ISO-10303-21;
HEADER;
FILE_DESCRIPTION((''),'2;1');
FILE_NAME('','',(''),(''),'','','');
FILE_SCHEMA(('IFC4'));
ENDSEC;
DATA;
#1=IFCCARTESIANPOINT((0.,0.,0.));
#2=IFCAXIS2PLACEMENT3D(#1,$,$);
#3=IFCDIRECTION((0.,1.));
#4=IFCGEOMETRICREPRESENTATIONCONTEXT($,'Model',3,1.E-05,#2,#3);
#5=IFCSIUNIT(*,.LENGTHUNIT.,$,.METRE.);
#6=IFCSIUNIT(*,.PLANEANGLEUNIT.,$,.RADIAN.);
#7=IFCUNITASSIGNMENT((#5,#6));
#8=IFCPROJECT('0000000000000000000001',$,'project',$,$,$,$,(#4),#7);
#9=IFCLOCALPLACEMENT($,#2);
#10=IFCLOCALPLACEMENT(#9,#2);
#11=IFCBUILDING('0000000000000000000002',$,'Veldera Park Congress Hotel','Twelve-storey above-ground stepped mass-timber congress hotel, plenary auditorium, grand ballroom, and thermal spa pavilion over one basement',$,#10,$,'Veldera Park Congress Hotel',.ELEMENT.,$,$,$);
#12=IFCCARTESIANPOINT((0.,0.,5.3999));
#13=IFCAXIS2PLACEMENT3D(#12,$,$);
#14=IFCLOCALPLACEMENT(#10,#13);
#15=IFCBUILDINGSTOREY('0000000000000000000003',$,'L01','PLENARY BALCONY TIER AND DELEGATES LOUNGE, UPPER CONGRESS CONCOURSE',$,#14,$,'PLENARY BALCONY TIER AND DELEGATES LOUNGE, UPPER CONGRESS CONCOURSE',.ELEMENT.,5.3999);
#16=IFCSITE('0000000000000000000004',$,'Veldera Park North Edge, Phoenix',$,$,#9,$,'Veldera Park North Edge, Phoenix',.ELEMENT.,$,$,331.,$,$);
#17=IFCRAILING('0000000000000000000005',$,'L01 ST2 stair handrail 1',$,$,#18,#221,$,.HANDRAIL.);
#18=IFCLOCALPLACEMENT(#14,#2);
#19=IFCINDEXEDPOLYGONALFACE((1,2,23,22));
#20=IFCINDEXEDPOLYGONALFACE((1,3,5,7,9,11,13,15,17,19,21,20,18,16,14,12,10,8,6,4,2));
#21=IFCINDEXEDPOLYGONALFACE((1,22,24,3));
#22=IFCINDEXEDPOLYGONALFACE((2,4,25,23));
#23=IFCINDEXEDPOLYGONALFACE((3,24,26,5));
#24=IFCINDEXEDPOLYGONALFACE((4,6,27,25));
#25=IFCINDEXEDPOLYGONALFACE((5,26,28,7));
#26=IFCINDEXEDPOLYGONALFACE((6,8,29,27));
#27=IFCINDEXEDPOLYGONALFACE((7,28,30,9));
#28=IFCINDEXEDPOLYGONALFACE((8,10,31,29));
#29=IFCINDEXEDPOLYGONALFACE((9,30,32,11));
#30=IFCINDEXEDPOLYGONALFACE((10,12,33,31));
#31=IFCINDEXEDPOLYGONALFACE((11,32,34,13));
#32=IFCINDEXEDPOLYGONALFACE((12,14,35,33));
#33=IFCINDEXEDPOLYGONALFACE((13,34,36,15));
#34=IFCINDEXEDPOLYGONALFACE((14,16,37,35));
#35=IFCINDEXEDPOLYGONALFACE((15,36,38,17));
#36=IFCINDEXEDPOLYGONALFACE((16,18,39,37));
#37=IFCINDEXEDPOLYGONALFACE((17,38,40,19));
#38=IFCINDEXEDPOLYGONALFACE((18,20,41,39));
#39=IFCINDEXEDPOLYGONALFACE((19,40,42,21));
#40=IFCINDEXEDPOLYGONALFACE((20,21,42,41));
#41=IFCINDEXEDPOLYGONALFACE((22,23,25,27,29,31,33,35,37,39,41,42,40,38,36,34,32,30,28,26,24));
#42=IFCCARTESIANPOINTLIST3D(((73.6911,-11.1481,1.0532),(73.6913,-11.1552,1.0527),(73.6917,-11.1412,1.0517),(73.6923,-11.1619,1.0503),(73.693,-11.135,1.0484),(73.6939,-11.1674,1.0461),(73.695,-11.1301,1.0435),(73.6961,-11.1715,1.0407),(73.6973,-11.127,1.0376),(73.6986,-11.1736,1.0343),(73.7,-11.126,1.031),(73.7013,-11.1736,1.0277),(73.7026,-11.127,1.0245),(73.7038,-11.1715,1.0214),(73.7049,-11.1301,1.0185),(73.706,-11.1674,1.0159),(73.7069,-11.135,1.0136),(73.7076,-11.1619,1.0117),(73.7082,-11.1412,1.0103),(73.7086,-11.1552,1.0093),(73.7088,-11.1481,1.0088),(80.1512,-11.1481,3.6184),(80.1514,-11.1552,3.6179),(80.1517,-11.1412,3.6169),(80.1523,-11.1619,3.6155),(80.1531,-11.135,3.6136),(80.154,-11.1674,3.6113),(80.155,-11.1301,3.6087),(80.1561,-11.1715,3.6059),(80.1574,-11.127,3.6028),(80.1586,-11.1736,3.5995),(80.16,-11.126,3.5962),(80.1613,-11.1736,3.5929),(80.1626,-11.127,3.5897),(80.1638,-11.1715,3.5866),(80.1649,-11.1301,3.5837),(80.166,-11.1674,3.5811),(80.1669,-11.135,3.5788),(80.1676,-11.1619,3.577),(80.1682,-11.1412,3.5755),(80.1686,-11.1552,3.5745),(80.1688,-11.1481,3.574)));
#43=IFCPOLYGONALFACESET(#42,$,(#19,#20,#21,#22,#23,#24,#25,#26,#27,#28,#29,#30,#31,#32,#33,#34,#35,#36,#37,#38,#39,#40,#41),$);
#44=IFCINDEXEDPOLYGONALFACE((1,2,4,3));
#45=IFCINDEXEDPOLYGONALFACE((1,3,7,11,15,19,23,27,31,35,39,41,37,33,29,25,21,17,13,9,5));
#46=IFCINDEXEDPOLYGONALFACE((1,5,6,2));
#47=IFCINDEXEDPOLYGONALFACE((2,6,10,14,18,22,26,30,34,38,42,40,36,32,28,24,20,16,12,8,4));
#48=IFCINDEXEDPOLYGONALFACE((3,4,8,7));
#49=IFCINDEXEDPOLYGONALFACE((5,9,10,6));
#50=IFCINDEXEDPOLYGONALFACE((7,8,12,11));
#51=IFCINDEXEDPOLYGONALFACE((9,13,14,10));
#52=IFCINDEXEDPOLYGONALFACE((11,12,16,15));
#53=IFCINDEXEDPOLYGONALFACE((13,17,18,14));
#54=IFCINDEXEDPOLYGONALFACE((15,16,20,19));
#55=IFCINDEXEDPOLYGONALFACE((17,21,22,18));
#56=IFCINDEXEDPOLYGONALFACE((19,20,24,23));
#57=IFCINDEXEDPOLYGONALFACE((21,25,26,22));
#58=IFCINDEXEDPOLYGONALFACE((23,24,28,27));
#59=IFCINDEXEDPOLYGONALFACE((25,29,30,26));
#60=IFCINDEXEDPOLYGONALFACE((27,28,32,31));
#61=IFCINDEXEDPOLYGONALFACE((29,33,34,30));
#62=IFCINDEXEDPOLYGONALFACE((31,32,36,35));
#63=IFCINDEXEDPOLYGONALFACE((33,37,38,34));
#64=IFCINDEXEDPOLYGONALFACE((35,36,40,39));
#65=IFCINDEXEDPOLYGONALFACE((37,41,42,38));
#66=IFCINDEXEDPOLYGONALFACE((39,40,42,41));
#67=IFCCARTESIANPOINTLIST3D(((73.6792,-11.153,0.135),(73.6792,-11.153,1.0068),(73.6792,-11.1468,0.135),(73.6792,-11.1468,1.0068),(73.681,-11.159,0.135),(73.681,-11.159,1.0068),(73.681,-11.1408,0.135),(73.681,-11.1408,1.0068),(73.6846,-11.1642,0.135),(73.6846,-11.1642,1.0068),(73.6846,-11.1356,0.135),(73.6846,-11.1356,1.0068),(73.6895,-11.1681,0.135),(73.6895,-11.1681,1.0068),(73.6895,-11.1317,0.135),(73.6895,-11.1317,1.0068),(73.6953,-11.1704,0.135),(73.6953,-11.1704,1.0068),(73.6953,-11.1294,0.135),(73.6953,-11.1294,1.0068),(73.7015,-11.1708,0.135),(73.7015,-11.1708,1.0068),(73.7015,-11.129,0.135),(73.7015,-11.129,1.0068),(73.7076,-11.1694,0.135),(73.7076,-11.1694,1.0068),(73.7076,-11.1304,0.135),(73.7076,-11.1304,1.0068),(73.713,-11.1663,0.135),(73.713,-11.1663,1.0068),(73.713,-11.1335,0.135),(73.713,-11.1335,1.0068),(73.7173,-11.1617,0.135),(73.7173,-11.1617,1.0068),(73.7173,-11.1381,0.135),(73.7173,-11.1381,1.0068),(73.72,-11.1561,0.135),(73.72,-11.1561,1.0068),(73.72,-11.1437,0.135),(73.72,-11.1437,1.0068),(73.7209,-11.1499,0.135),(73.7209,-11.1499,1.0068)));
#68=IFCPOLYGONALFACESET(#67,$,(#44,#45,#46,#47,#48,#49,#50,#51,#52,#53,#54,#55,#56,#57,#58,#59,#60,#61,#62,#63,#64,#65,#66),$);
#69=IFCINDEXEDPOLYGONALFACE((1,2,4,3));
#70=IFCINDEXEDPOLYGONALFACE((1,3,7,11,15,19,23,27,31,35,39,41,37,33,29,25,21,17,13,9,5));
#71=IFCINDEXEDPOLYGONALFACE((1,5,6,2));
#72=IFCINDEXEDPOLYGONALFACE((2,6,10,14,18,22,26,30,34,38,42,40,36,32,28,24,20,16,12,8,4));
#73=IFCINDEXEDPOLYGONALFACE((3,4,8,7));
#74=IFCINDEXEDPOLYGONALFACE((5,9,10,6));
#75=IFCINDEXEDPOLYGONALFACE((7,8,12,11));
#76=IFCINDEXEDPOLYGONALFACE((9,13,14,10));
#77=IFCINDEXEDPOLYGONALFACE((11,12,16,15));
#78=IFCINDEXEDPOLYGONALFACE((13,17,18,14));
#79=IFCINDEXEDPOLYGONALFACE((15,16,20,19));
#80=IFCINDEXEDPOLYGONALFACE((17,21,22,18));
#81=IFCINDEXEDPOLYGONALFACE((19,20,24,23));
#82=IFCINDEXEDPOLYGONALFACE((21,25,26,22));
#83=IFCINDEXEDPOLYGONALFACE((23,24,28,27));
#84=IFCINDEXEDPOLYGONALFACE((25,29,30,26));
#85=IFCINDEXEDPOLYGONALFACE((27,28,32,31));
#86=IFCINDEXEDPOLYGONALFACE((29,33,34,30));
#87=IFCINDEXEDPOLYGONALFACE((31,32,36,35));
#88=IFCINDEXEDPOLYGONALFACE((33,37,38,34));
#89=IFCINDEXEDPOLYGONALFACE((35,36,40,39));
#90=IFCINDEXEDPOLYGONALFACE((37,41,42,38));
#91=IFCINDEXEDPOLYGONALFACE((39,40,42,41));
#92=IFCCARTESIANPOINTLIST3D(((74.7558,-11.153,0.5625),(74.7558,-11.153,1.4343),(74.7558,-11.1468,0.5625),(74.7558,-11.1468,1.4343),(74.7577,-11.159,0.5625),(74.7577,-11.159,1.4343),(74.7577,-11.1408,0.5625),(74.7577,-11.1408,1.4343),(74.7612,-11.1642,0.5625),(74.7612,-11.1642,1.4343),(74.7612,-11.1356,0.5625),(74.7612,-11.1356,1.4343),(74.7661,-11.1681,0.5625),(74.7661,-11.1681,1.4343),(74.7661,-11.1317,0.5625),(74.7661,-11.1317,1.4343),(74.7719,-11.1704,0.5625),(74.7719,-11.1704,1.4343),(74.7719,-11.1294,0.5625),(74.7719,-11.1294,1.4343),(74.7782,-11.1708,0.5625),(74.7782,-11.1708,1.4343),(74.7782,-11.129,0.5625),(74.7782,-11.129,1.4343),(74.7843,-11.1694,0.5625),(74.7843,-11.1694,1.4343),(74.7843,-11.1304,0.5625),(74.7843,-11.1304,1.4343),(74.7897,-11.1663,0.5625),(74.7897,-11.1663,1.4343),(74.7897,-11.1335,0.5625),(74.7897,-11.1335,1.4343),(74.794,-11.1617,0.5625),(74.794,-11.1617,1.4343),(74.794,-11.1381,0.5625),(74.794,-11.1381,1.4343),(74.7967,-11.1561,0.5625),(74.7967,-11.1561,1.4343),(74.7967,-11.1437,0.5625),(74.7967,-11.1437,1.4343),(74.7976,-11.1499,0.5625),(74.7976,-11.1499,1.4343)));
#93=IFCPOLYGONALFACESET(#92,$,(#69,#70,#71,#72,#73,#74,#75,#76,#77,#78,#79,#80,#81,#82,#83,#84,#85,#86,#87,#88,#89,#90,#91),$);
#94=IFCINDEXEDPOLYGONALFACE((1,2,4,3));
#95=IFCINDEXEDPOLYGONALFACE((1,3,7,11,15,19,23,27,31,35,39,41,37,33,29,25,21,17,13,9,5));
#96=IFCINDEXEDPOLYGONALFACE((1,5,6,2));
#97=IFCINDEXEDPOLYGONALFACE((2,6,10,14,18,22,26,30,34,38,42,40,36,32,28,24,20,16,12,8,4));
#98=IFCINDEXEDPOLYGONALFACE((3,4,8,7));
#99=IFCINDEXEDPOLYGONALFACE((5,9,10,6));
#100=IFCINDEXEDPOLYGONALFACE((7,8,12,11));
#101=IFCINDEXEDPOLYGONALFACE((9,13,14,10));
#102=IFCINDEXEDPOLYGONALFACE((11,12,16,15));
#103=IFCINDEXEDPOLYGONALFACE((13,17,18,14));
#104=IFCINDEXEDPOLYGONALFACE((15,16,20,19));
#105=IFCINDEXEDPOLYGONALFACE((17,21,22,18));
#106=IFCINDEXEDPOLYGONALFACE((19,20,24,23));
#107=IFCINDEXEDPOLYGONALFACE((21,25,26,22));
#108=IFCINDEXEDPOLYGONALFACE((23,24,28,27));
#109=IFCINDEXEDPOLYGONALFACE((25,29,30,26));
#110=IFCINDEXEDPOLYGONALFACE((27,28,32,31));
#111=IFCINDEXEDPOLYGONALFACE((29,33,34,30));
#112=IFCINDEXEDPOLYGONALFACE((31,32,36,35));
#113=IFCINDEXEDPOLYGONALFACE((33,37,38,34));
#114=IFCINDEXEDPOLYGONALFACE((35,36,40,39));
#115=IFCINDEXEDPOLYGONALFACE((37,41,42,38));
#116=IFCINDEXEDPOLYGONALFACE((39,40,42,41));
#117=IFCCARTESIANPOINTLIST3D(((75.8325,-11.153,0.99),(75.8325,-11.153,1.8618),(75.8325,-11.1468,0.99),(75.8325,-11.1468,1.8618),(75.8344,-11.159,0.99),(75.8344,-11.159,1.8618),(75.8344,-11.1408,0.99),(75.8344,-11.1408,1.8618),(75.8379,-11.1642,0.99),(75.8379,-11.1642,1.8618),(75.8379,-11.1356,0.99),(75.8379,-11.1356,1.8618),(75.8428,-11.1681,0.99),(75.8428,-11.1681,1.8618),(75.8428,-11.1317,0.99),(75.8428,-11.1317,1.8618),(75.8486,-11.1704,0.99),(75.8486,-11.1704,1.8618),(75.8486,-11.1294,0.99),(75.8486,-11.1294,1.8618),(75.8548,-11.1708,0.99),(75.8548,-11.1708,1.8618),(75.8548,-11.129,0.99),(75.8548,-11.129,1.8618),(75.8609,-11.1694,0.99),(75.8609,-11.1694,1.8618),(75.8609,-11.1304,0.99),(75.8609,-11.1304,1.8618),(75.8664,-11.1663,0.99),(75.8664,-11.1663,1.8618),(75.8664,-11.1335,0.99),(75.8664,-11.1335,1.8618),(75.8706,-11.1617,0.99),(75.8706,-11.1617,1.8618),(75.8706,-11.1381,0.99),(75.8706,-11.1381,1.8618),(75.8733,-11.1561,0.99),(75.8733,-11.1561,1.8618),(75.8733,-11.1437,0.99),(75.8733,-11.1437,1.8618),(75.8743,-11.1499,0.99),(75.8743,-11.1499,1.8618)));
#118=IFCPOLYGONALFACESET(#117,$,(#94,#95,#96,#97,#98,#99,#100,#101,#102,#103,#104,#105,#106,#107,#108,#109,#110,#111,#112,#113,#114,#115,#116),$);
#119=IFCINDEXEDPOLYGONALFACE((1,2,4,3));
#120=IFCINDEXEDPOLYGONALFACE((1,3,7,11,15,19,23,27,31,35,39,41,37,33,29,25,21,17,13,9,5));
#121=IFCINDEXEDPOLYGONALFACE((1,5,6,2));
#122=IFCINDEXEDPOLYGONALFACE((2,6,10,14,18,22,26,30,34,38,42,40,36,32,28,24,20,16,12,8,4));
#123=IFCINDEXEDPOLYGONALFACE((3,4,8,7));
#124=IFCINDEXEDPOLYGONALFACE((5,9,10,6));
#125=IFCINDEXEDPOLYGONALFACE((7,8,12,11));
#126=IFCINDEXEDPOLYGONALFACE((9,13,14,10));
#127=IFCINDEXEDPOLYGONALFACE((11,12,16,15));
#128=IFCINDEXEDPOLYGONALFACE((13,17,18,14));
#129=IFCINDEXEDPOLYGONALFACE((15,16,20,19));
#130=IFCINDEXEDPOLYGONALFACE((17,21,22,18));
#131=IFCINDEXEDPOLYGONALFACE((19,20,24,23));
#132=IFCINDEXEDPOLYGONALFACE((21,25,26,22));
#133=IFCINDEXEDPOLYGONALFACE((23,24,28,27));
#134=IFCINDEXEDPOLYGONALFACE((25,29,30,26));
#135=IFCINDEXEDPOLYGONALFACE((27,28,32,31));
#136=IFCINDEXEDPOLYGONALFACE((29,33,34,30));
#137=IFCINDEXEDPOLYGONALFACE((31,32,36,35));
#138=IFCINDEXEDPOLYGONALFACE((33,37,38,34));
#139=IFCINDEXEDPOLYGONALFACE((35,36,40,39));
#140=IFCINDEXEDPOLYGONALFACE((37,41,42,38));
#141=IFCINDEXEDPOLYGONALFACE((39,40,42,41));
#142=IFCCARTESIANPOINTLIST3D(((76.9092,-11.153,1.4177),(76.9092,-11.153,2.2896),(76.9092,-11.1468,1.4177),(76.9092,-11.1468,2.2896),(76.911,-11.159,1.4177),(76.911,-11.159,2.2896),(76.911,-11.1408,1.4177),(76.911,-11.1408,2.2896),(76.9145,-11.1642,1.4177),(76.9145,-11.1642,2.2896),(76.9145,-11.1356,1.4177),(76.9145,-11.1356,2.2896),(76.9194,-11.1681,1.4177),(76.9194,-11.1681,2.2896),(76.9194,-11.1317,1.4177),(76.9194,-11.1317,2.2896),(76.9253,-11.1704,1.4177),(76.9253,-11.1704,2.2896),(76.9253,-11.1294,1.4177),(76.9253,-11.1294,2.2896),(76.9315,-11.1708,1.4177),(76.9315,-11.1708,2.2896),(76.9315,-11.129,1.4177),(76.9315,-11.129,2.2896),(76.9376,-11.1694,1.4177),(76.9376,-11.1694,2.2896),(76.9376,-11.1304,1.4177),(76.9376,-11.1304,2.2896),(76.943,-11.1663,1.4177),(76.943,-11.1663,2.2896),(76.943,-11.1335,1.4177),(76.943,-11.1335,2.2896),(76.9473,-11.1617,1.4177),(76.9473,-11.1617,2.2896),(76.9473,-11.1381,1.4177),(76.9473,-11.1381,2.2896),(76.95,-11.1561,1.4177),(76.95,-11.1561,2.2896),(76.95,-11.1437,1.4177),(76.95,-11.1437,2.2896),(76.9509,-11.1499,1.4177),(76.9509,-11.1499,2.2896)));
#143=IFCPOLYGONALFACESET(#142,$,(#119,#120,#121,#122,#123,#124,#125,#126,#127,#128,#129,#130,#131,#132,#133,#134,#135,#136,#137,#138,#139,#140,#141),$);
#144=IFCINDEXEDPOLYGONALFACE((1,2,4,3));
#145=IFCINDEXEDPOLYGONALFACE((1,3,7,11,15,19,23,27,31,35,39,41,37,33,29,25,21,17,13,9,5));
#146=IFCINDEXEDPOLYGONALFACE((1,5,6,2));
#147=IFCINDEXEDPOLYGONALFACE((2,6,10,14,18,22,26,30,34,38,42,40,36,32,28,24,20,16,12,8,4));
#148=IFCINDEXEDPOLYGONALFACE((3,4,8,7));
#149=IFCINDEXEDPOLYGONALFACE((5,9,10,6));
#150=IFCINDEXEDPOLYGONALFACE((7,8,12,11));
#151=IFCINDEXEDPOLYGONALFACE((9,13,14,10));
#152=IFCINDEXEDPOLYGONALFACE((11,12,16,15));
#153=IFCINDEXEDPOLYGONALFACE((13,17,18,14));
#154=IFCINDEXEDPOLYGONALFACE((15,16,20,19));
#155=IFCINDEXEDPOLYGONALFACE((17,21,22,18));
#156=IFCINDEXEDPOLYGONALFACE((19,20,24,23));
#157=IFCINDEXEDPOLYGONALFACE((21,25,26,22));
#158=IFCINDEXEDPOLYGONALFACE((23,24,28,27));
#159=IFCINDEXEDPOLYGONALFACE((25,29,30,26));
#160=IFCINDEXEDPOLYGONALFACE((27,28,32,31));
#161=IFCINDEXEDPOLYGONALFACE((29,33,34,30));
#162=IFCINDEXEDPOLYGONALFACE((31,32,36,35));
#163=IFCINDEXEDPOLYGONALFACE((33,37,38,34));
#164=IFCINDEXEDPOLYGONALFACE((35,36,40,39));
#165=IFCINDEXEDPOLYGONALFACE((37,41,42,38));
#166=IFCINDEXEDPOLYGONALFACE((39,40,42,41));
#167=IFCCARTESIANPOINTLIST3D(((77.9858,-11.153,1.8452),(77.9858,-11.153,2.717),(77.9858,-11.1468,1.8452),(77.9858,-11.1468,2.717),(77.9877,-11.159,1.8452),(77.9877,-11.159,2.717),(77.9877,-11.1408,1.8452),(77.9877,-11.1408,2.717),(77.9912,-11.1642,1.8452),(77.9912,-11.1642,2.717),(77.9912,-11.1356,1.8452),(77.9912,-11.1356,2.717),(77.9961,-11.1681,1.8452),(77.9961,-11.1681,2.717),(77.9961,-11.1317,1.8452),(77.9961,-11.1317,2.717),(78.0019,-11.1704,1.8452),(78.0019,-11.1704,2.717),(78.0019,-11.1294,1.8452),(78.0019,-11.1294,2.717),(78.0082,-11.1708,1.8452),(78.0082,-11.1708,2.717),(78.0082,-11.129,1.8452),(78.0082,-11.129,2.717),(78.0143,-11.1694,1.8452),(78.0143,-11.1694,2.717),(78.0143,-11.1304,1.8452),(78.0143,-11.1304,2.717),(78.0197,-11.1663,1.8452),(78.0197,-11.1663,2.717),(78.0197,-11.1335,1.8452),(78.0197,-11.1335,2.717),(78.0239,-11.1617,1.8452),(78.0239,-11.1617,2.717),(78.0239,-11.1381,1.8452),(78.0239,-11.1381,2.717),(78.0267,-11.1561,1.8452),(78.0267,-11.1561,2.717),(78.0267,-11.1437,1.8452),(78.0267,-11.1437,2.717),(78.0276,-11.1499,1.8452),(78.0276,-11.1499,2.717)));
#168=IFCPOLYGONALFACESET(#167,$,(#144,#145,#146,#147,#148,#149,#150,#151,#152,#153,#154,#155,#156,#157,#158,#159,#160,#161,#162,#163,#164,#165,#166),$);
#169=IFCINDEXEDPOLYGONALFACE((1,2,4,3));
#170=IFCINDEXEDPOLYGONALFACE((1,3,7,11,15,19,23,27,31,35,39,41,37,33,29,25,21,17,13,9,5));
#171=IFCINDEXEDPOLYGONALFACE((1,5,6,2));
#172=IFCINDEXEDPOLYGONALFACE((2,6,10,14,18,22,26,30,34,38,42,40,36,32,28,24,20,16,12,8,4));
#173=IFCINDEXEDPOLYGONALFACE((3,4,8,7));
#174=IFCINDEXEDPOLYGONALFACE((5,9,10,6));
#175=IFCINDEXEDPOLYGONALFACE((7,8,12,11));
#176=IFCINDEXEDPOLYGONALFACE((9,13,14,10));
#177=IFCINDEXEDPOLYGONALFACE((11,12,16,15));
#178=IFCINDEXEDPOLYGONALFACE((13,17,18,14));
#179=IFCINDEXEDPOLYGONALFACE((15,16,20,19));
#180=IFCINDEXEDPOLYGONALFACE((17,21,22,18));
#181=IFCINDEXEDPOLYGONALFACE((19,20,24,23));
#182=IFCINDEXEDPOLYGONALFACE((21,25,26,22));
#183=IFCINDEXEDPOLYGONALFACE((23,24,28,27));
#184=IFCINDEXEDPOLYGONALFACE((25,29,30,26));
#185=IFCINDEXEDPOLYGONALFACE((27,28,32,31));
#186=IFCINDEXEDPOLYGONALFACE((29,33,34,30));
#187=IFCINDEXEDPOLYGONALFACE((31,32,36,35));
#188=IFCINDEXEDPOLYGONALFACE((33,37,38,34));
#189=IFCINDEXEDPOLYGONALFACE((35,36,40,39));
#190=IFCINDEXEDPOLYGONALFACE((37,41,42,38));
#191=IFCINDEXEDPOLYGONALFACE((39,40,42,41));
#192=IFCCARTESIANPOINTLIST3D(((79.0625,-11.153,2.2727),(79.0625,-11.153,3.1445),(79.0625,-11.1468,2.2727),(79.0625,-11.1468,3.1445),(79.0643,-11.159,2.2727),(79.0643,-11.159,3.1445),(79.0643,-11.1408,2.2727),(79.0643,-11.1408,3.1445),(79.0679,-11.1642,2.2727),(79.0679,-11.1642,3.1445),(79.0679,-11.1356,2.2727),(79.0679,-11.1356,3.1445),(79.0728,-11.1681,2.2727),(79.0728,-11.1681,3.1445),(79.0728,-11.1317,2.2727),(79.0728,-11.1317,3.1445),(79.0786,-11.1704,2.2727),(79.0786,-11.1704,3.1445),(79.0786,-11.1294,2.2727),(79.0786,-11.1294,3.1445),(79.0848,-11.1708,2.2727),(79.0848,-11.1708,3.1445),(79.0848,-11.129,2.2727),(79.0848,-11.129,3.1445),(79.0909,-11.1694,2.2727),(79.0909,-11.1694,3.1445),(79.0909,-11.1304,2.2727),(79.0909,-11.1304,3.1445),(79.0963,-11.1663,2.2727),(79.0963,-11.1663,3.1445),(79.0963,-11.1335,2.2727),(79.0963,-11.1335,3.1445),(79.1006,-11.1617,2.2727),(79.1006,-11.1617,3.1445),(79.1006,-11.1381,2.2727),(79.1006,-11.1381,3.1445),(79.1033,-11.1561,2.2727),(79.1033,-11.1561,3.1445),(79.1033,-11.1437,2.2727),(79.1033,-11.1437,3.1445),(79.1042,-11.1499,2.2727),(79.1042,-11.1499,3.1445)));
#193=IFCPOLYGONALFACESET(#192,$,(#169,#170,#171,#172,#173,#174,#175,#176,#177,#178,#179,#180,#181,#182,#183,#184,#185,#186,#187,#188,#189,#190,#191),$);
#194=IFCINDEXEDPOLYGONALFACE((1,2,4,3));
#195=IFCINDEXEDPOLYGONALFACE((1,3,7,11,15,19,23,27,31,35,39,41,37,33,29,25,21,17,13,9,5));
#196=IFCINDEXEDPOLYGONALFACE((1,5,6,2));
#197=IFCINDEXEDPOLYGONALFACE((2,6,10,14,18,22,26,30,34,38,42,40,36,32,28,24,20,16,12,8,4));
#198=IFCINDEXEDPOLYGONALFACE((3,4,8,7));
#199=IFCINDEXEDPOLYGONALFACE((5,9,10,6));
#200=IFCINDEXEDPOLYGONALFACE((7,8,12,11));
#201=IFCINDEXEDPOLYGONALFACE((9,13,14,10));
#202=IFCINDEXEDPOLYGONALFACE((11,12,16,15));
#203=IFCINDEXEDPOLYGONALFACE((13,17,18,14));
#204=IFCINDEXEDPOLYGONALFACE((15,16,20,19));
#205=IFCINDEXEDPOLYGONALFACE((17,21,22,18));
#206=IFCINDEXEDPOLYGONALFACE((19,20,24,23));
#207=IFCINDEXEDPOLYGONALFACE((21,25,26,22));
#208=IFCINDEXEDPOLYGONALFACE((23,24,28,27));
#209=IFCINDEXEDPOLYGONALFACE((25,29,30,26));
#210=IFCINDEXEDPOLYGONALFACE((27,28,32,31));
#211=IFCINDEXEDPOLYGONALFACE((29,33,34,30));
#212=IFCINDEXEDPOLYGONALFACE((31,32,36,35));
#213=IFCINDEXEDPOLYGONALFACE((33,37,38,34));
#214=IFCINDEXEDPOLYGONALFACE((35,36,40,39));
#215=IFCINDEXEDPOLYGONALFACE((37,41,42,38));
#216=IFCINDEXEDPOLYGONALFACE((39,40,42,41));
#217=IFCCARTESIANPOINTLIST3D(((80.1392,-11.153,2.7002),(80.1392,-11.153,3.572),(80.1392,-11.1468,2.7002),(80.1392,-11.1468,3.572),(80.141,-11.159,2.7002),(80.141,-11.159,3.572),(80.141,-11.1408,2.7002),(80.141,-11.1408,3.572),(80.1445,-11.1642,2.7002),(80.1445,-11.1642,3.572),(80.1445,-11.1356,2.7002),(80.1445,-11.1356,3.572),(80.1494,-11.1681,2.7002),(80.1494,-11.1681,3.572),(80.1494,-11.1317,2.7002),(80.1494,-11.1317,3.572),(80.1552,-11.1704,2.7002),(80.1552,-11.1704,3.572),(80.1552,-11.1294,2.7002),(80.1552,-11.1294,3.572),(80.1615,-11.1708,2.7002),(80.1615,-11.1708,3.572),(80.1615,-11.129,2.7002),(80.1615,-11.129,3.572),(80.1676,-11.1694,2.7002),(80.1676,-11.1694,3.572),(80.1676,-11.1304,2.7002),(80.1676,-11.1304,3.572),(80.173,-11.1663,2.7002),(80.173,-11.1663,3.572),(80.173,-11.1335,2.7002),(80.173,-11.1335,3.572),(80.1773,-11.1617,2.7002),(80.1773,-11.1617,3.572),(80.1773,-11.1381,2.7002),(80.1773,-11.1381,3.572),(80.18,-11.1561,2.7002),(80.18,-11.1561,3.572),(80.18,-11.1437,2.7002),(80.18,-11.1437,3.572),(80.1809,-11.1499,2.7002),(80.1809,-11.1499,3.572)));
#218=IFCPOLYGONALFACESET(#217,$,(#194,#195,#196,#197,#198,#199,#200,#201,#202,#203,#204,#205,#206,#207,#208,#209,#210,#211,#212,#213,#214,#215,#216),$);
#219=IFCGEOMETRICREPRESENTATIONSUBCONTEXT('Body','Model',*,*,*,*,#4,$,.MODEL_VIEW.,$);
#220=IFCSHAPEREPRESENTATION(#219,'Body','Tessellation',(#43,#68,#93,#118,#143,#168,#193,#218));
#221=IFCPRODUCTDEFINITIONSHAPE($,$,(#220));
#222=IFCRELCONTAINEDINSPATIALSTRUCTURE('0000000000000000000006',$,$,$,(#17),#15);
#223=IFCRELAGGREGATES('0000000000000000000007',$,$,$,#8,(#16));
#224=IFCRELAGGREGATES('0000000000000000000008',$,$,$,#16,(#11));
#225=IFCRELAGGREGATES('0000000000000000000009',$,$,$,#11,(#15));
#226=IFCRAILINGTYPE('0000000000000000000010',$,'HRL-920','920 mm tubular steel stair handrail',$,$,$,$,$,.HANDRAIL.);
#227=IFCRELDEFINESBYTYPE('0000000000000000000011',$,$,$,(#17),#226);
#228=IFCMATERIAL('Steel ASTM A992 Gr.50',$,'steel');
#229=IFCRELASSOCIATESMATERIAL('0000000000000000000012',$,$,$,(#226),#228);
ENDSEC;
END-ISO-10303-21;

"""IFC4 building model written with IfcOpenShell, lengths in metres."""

from ifc_helpers import new_model, si_unit, direction, frame, origin, origin_2d, place, context, subcontext, project, spatial, circle, extrude, material, type_object, element, save


model = new_model("IFC4")

# Units and contexts
model_context = context("Model", 3, precision=1e-05, world=origin(), true_north=direction((0.0, 1.0)))
body_context = subcontext(model_context, "Body", "Model", "MODEL_VIEW")
ifc_project = project(units=[si_unit("LENGTHUNIT", "METRE"), si_unit("PLANEANGLEUNIT", "RADIAN")], contexts=[model_context])

# Site, building, storey
site_placement = place(None, origin())
site = spatial("IfcSite", under=ifc_project, at=site_placement, Name="Veldera Park North Edge, Phoenix", LongName="Veldera Park North Edge, Phoenix", CompositionType="ELEMENT", RefElevation=331.0)
building_placement = place(site_placement, origin())
building = spatial("IfcBuilding", under=site, at=building_placement, Name="Veldera Park Congress Hotel", Description="Twelve-storey above-ground stepped mass-timber congress hotel, plenary auditorium, grand ballroom, and thermal spa pavilion over one basement", LongName="Veldera Park Congress Hotel", CompositionType="ELEMENT")
storey_placement = place(building_placement, frame((0.0, 0.0, 5.3999)))
storey = spatial("IfcBuildingStorey", under=building, at=storey_placement, Name="L01", Description="PLENARY BALCONY TIER AND DELEGATES LOUNGE, UPPER CONGRESS CONCOURSE", LongName="PLENARY BALCONY TIER AND DELEGATES LOUNGE, UPPER CONGRESS CONCOURSE", CompositionType="ELEMENT", Elevation=5.3999)

# Shared definitions
ifc_material_1 = material(Name="Steel ASTM A992 Gr.50", Category="steel")

# Railing
railing_type_1 = type_object("IfcRailingType", Name="HRL-920", Description="920 mm tubular steel stair handrail", PredefinedType="HANDRAIL", material=ifc_material_1)
railing_1_placement = place(storey_placement, frame((73.7, -11.1499, 0.135)))
element("IfcRailing", 1, at=railing_1_placement, inside=storey, type_object=railing_type_1, Name="L01 ST2 stair handrail 1", PredefinedType="HANDRAIL", context=body_context, shape_type="SweptSolid", body=[
    extrude(circle(Radius=0.0239, at=origin_2d()), frame((0.0, 0.0, 0.896), z_axis=(0.929406, 0.0, 0.369058), x_axis=(0.0, 1.0, 0.0)), (0.0, 0.0, 1.0), 6.9507),
    extrude(circle(Radius=0.021, at=origin_2d()), origin(), (0.0, 0.0, 1.0), 0.8718),
    extrude(circle(Radius=0.021, at=origin_2d()), frame((1.0767, 0.0, 0.4275)), (0.0, 0.0, 1.0), 0.8718),
    extrude(circle(Radius=0.021, at=origin_2d()), frame((2.1533, 0.0, 0.855)), (0.0, 0.0, 1.0), 0.8718),
    extrude(circle(Radius=0.021, at=origin_2d()), frame((3.23, 0.0, 1.2827)), (0.0, 0.0, 1.0), 0.8718),
    extrude(circle(Radius=0.021, at=origin_2d()), frame((4.3066, 0.0, 1.7102)), (0.0, 0.0, 1.0), 0.8718),
    extrude(circle(Radius=0.021, at=origin_2d()), frame((5.3833, 0.0, 2.1377)), (0.0, 0.0, 1.0), 0.8718),
    extrude(circle(Radius=0.021, at=origin_2d()), frame((6.46, 0.0, 2.5652)), (0.0, 0.0, 1.0), 0.8718),
])

save(model, "model.ifc")
